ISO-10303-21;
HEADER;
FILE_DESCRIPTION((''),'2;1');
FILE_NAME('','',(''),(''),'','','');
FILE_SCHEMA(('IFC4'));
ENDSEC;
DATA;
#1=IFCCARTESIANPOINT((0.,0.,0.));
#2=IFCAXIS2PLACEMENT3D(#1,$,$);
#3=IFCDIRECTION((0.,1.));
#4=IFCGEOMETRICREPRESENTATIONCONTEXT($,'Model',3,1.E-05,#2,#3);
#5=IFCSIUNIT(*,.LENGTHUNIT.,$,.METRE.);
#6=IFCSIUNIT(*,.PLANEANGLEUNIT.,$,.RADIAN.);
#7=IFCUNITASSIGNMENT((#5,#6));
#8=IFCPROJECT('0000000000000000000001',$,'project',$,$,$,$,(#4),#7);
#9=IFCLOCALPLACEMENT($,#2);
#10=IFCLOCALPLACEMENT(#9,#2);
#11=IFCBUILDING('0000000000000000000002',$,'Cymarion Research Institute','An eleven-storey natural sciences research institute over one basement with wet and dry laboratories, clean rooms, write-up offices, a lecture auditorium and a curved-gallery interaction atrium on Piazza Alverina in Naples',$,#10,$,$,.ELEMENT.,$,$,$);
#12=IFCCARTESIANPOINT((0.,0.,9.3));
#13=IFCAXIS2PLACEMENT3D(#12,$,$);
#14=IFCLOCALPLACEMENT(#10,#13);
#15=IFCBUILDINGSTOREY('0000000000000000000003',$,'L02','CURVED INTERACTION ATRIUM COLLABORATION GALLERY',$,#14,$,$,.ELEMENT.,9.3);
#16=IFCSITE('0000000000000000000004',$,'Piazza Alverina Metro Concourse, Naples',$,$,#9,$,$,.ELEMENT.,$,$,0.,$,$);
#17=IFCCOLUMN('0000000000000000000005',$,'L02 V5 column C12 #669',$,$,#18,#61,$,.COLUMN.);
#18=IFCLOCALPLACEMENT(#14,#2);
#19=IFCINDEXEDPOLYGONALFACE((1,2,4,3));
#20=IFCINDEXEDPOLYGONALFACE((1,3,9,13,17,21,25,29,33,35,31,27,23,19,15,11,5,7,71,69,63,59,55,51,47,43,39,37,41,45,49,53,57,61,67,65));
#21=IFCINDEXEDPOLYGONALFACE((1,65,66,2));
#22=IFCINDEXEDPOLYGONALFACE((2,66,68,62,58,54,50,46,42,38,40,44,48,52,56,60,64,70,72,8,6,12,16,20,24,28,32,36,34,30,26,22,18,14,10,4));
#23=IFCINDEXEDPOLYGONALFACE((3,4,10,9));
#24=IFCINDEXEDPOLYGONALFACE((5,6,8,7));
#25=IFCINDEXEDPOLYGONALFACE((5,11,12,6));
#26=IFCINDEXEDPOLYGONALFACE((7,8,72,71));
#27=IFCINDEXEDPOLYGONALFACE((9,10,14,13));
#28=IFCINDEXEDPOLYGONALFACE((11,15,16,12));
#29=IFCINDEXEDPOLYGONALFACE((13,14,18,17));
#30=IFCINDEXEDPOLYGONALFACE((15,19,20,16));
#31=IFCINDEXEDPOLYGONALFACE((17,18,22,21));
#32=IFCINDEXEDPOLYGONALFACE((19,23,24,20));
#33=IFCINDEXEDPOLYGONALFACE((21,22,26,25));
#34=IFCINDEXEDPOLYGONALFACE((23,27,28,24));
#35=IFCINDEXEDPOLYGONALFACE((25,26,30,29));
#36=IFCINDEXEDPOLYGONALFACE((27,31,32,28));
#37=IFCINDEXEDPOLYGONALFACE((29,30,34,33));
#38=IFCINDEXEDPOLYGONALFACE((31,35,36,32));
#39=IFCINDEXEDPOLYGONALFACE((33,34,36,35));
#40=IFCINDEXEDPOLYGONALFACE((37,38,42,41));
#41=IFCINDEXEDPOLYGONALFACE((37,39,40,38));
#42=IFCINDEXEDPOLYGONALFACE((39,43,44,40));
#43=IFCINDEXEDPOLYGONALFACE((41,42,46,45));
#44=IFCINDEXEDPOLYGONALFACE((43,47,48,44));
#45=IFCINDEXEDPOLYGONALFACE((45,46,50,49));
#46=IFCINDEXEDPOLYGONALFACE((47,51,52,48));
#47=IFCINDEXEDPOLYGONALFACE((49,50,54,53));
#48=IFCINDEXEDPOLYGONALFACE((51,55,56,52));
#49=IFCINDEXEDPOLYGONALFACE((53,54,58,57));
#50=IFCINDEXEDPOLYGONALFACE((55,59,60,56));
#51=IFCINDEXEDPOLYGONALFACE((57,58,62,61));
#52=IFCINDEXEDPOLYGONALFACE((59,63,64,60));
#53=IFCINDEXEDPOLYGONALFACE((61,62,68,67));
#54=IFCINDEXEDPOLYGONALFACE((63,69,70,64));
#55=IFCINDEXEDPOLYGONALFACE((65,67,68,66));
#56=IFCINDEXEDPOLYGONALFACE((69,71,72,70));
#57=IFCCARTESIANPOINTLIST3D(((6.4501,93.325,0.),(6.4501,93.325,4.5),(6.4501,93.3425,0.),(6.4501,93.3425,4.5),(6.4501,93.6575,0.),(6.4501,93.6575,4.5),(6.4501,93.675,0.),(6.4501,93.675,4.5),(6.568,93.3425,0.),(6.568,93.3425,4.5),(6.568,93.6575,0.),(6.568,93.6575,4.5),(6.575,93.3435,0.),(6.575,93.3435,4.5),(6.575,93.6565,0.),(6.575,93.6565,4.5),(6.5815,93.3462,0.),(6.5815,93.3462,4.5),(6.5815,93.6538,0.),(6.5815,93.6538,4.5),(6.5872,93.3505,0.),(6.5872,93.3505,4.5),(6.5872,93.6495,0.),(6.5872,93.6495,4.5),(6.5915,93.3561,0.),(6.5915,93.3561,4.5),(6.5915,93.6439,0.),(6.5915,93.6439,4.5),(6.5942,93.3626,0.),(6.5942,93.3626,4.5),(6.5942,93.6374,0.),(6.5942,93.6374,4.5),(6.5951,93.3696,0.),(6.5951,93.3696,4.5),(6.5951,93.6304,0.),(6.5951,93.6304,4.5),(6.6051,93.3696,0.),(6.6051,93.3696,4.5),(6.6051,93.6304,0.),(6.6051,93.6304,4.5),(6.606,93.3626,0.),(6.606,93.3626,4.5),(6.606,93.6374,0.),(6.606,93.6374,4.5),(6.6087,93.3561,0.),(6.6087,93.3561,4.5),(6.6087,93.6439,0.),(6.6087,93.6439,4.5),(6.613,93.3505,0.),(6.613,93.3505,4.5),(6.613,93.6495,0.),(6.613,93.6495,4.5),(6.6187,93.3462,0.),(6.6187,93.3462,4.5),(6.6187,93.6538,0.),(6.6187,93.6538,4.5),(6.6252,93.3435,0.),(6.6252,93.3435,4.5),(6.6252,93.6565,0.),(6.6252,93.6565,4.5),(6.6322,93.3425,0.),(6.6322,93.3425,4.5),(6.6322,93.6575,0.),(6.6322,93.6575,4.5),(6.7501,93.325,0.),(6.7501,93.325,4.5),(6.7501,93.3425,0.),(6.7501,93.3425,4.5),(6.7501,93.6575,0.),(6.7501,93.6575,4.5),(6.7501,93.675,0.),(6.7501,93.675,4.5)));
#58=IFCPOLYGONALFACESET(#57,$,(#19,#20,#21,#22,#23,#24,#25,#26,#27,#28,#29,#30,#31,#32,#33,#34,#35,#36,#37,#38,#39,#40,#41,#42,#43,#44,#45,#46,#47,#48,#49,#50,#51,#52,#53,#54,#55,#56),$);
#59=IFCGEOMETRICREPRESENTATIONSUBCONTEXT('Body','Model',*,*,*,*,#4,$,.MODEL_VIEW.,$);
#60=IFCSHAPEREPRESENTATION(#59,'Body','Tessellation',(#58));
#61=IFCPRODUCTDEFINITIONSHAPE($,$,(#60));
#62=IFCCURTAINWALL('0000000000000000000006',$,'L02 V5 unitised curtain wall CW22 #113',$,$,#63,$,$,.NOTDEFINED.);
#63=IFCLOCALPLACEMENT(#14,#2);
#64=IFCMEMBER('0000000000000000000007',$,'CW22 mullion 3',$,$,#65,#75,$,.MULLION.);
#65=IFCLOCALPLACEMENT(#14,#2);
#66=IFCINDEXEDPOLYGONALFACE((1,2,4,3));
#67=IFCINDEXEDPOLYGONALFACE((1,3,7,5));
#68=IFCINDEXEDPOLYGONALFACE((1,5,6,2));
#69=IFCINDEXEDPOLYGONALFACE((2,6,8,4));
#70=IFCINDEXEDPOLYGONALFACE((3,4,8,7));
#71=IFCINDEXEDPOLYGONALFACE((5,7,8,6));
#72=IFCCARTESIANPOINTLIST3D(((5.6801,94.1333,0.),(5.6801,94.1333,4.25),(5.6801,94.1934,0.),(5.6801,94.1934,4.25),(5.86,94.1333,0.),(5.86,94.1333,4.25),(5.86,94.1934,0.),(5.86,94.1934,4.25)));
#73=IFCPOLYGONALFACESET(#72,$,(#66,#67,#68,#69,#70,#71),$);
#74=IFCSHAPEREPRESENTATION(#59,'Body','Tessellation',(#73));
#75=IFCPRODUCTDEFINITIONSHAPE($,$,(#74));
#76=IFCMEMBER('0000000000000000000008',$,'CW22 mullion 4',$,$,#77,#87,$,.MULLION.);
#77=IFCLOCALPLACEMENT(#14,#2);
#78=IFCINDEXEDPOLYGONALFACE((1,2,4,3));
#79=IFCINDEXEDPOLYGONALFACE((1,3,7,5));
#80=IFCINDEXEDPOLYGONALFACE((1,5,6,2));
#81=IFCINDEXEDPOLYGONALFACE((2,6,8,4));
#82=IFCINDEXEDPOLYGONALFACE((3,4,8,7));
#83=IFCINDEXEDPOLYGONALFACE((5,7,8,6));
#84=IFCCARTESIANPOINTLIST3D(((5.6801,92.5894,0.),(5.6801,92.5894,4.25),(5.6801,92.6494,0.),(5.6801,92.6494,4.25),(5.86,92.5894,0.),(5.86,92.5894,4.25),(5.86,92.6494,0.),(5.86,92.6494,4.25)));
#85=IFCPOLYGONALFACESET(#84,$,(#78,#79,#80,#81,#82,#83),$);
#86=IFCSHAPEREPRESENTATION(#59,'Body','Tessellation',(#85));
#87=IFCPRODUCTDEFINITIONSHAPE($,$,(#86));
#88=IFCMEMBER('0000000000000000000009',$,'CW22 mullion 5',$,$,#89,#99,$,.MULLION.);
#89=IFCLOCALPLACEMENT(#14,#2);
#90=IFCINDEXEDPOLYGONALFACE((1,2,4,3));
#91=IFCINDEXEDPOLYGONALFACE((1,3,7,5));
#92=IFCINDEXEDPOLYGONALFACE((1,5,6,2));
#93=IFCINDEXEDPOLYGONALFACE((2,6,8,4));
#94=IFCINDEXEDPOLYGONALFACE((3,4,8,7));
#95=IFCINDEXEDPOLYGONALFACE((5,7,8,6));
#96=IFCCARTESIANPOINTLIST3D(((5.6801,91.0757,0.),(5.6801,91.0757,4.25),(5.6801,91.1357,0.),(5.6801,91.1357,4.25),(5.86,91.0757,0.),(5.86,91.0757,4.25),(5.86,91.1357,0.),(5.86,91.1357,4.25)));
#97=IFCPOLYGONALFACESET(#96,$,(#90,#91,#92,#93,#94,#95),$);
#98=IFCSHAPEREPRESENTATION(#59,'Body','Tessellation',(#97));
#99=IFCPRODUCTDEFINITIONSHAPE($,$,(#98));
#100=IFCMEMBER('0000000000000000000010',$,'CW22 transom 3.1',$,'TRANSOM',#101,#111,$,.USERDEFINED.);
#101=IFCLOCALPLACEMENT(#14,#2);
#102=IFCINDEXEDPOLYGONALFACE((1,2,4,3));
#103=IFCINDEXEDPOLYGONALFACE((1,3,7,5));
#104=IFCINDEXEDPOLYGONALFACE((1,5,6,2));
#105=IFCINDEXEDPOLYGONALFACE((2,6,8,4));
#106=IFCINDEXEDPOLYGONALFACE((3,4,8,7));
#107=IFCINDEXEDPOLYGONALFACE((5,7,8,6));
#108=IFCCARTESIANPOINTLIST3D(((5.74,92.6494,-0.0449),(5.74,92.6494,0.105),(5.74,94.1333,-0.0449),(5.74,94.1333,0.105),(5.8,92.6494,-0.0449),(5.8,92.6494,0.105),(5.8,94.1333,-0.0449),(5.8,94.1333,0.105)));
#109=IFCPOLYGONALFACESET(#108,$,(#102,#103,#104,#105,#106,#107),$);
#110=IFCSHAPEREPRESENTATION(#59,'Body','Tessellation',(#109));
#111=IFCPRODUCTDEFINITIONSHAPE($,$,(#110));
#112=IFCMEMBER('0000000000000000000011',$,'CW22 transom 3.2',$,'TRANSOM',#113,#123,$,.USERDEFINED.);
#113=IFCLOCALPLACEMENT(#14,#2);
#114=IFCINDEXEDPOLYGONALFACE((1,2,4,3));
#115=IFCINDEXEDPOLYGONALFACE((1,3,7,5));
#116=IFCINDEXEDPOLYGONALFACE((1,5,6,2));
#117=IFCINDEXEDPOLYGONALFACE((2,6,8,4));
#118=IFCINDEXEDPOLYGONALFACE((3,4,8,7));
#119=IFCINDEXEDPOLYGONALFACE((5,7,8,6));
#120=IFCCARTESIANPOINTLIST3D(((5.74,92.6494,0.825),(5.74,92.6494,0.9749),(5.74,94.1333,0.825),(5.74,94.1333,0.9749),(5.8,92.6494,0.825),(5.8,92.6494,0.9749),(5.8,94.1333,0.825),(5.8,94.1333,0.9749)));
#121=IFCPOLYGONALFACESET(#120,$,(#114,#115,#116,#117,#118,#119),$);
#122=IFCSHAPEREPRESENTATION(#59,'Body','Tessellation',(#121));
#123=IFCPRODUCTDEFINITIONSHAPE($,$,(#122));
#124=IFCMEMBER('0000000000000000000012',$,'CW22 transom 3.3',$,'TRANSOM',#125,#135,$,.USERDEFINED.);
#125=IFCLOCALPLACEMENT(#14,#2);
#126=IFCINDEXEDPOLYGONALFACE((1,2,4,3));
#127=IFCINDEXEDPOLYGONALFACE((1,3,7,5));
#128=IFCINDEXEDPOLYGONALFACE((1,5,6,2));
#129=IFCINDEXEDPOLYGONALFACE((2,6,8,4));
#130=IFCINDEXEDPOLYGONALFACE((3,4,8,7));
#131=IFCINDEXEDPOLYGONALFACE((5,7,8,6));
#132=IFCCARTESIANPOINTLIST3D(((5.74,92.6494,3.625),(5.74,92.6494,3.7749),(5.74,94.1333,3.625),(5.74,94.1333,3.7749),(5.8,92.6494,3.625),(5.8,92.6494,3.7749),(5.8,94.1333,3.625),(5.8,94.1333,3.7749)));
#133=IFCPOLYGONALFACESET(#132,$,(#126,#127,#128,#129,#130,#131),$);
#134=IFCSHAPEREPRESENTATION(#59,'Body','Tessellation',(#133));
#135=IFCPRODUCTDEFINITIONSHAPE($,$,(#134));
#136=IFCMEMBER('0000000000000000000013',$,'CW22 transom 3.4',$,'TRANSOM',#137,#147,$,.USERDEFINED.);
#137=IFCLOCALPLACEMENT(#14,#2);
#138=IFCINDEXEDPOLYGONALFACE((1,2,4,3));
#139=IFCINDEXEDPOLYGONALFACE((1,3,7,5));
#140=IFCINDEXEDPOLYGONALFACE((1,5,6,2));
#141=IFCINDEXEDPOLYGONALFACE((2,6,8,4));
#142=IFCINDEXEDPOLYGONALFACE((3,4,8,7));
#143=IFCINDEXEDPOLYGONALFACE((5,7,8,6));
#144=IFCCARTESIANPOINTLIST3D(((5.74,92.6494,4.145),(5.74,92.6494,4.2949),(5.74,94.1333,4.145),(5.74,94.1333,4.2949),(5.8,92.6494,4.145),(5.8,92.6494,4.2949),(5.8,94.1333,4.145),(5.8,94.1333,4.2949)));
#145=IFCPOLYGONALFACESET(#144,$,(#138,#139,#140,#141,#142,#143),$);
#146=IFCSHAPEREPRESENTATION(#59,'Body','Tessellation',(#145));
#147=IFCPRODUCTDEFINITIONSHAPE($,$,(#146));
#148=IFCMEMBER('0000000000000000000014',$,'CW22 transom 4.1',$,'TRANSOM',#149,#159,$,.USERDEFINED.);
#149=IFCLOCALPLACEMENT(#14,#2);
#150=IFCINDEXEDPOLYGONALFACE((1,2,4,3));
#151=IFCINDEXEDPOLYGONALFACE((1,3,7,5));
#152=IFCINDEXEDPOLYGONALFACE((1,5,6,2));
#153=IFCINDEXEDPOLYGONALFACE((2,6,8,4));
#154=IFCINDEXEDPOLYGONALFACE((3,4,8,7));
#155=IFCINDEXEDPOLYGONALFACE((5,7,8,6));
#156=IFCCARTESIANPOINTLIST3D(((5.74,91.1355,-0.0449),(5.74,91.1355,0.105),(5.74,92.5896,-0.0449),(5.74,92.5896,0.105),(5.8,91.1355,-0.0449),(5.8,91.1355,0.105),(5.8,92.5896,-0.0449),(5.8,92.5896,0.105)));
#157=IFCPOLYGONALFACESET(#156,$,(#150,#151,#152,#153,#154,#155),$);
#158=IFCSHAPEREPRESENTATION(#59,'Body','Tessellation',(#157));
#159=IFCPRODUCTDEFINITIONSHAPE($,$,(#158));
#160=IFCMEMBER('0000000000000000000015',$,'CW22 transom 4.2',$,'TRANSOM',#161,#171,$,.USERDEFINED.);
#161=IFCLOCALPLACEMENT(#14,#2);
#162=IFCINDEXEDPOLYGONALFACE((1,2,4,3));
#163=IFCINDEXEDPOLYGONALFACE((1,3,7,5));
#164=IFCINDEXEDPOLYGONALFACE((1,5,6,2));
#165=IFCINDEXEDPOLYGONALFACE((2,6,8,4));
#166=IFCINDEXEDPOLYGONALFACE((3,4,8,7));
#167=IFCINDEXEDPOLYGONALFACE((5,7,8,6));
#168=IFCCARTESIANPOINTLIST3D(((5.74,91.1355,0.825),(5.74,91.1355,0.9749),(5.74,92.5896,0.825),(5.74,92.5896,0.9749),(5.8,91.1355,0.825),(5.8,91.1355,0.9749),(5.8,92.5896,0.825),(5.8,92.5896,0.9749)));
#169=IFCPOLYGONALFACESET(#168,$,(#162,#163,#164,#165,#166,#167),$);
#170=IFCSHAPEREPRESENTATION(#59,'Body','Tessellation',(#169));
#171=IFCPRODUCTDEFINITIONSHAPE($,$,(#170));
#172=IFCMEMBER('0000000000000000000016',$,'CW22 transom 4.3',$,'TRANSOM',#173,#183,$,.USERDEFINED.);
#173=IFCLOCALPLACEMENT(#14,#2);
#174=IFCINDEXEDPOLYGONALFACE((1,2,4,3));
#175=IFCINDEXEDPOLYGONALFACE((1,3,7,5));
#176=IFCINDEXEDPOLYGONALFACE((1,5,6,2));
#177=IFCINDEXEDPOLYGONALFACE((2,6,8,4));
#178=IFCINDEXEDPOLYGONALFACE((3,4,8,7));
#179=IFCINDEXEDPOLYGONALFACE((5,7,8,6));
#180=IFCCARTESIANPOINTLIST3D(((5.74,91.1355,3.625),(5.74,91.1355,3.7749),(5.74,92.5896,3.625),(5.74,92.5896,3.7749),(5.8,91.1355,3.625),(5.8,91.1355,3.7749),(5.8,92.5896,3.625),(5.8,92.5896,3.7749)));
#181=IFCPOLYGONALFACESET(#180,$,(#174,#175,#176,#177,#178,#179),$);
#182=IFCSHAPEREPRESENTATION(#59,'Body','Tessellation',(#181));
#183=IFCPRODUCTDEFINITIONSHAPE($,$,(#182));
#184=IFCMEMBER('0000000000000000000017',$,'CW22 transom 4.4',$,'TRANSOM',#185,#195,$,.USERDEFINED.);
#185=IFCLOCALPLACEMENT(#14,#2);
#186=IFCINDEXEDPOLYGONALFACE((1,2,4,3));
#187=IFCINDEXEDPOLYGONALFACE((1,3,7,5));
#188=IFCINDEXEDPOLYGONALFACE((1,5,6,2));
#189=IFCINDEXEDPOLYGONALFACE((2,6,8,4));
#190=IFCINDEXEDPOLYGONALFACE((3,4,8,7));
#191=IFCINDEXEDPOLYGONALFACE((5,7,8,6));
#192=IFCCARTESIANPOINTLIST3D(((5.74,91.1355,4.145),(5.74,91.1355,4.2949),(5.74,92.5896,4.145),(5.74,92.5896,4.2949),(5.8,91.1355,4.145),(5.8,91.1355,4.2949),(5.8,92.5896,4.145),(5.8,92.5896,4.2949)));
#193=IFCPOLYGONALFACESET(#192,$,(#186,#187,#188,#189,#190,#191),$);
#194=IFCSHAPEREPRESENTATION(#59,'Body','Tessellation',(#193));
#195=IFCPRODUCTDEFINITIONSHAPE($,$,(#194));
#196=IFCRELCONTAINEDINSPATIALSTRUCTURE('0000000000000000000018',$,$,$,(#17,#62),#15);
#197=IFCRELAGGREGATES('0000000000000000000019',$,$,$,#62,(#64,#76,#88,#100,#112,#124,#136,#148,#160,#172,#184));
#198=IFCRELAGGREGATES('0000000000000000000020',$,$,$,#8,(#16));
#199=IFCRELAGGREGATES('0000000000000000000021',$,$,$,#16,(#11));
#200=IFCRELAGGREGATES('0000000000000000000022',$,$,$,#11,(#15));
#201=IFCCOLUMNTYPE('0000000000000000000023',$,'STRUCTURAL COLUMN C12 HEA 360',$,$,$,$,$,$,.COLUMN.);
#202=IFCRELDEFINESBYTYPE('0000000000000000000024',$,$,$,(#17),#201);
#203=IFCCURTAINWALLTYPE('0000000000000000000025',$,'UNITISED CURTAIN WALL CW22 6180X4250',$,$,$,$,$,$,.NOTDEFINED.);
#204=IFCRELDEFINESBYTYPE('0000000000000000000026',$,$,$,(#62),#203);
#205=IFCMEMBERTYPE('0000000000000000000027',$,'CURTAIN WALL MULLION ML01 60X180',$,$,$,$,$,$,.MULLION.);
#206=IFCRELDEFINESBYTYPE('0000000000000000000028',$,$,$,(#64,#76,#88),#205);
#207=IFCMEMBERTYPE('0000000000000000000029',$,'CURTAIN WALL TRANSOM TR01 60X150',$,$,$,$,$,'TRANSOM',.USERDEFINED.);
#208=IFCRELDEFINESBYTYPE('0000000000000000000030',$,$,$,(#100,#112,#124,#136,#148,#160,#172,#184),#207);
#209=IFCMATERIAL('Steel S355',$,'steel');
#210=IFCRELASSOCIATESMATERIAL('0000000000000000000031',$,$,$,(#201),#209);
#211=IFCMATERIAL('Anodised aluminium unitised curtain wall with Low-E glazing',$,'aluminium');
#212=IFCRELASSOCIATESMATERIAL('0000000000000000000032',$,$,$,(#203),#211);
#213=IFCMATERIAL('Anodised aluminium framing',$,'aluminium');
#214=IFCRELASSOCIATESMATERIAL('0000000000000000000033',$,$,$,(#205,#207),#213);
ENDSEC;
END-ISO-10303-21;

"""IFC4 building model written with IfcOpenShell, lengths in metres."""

from ifc_helpers import new_model, si_unit, direction, frame, origin, origin_2d, place, context, subcontext, project, spatial, rectangle, i_section, extrude, material, material_profile, profile_set, type_object, element, aggregate, save


model = new_model("IFC4")

# Units and contexts
model_context = context("Model", 3, precision=1e-05, world=origin(), true_north=direction((0.0, 1.0)))
body_context = subcontext(model_context, "Body", "Model", "MODEL_VIEW")
ifc_project = project(units=[si_unit("LENGTHUNIT", "METRE"), si_unit("PLANEANGLEUNIT", "RADIAN")], contexts=[model_context])

# Site, building, storey
site_placement = place(None, origin())
site = spatial("IfcSite", under=ifc_project, at=site_placement, Name="Piazza Alverina Metro Concourse, Naples", CompositionType="ELEMENT", RefElevation=0.0)
building_placement = place(site_placement, origin())
building = spatial("IfcBuilding", under=site, at=building_placement, Name="Cymarion Research Institute", Description="An eleven-storey natural sciences research institute over one basement with wet and dry laboratories, clean rooms, write-up offices, a lecture auditorium and a curved-gallery interaction atrium on Piazza Alverina in Naples", CompositionType="ELEMENT")
storey_placement = place(building_placement, frame((0.0, 0.0, 9.3)))
storey = spatial("IfcBuildingStorey", under=building, at=storey_placement, Name="L02", Description="CURVED INTERACTION ATRIUM COLLABORATION GALLERY", CompositionType="ELEMENT", Elevation=9.3)

# Column
ifc_material_1 = material(Name="Steel S355", Category="steel")
ifc_material_profile_1 = material_profile(ifc_material_1, i_section(OverallWidth=0.3, OverallDepth=0.3501, WebThickness=0.01, FlangeThickness=0.0176, FilletRadius=0.0271, at=origin_2d()), Name="HEA 360")
ifc_profile_set_1 = profile_set([ifc_material_profile_1], Name="Steel S355")
column_type = type_object("IfcColumnType", Name="STRUCTURAL COLUMN C12 HEA 360", PredefinedType="COLUMN", material=ifc_profile_set_1)
column_placement = place(storey_placement, frame((6.6001, 93.5, 0.0), z_axis=(0.0, 0.0, 1.0), x_axis=(1.0, 0.0, 0.0)))
element("IfcColumn", 1, at=column_placement, inside=storey, type_object=column_type, Name="L02 V5 column C12 #669", PredefinedType="COLUMN", context=body_context, shape_type="SweptSolid", body=[
    extrude(i_section(OverallWidth=0.3, OverallDepth=0.3501, WebThickness=0.01, FlangeThickness=0.0176, FilletRadius=0.0271, at=origin_2d()), origin(), (0.0, 0.0, 1.0), 4.5),
])

# Curtain wall, members
ifc_material_2 = material(Name="Anodised aluminium unitised curtain wall with Low-E glazing", Category="aluminium")
curtain_wall_type = type_object("IfcCurtainWallType", Name="UNITISED CURTAIN WALL CW22 6180X4250", PredefinedType="NOTDEFINED", material=ifc_material_2)
curtain_wall_placement = place(storey_placement, origin())
curtain_wall = element("IfcCurtainWall", 2, at=curtain_wall_placement, inside=storey, type_object=curtain_wall_type, Name="L02 V5 unitised curtain wall CW22 #113", PredefinedType="NOTDEFINED")
ifc_material_3 = material(Name="Anodised aluminium framing", Category="aluminium")
ifc_material_profile_2 = material_profile(ifc_material_3, rectangle(XDim=0.0601, YDim=0.1799, at=origin_2d()), Name="ALU MULLION 60x180")
ifc_profile_set_2 = profile_set([ifc_material_profile_2], Name="Anodised aluminium framing")
member_type_1 = type_object("IfcMemberType", Name="CURTAIN WALL MULLION ML01 60X180", PredefinedType="MULLION", material=ifc_profile_set_2)
member_1_placement = place(storey_placement, frame((5.77, 94.1633, 0.0), z_axis=(0.0, 0.0, 1.0), x_axis=(0.0, -1.0, 0.0)))
member_1 = element("IfcMember", 3, at=member_1_placement, type_object=member_type_1, Name="CW22 mullion 3", PredefinedType="MULLION", context=body_context, shape_type="SweptSolid", body=[
    extrude(rectangle(XDim=0.0601, YDim=0.1799, at=origin_2d()), origin(), (0.0, 0.0, 1.0), 4.25),
])
member_2_placement = place(storey_placement, frame((5.77, 92.6194, 0.0), z_axis=(0.0, 0.0, 1.0), x_axis=(0.0, -1.0, 0.0)))
member_2 = element("IfcMember", 4, at=member_2_placement, type_object=member_type_1, Name="CW22 mullion 4", PredefinedType="MULLION", context=body_context, shape_type="SweptSolid", body=[
    extrude(rectangle(XDim=0.0601, YDim=0.1799, at=origin_2d()), origin(), (0.0, 0.0, 1.0), 4.25),
])
member_3_placement = place(storey_placement, frame((5.77, 91.1057, 0.0), z_axis=(0.0, 0.0, 1.0), x_axis=(0.0, -1.0, 0.0)))
member_3 = element("IfcMember", 5, at=member_3_placement, type_object=member_type_1, Name="CW22 mullion 5", PredefinedType="MULLION", context=body_context, shape_type="SweptSolid", body=[
    extrude(rectangle(XDim=0.0601, YDim=0.1799, at=origin_2d()), origin(), (0.0, 0.0, 1.0), 4.25),
])
ifc_material_profile_3 = material_profile(ifc_material_3, rectangle(XDim=0.0601, YDim=0.1499, at=origin_2d()), Name="ALU TRANSOM 60x150")
ifc_profile_set_3 = profile_set([ifc_material_profile_3], Name="Anodised aluminium framing")
member_type_2 = type_object("IfcMemberType", Name="CURTAIN WALL TRANSOM TR01 60X150", ElementType="TRANSOM", PredefinedType="USERDEFINED", material=ifc_profile_set_3)
member_4_placement = place(storey_placement, frame((5.77, 94.1333, 0.03), z_axis=(0.0, -1.0, 0.0), x_axis=(1.0, 0.0, 0.0)))
member_4 = element("IfcMember", 6, at=member_4_placement, type_object=member_type_2, Name="CW22 transom 3.1", ObjectType="TRANSOM", PredefinedType="USERDEFINED", context=body_context, shape_type="SweptSolid", body=[
    extrude(rectangle(XDim=0.0601, YDim=0.1499, at=origin_2d()), origin(), (0.0, 0.0, 1.0), 1.4839),
])
member_5_placement = place(storey_placement, frame((5.77, 94.1333, 0.8999), z_axis=(0.0, -1.0, 0.0), x_axis=(1.0, 0.0, 0.0)))
member_5 = element("IfcMember", 7, at=member_5_placement, type_object=member_type_2, Name="CW22 transom 3.2", ObjectType="TRANSOM", PredefinedType="USERDEFINED", context=body_context, shape_type="SweptSolid", body=[
    extrude(rectangle(XDim=0.0601, YDim=0.1499, at=origin_2d()), origin(), (0.0, 0.0, 1.0), 1.4839),
])
member_6_placement = place(storey_placement, frame((5.77, 94.1333, 3.7), z_axis=(0.0, -1.0, 0.0), x_axis=(1.0, 0.0, 0.0)))
member_6 = element("IfcMember", 8, at=member_6_placement, type_object=member_type_2, Name="CW22 transom 3.3", ObjectType="TRANSOM", PredefinedType="USERDEFINED", context=body_context, shape_type="SweptSolid", body=[
    extrude(rectangle(XDim=0.0601, YDim=0.1499, at=origin_2d()), origin(), (0.0, 0.0, 1.0), 1.4839),
])
member_7_placement = place(storey_placement, frame((5.77, 94.1333, 4.22), z_axis=(0.0, -1.0, 0.0), x_axis=(1.0, 0.0, 0.0)))
member_7 = element("IfcMember", 9, at=member_7_placement, type_object=member_type_2, Name="CW22 transom 3.4", ObjectType="TRANSOM", PredefinedType="USERDEFINED", context=body_context, shape_type="SweptSolid", body=[
    extrude(rectangle(XDim=0.0601, YDim=0.1499, at=origin_2d()), origin(), (0.0, 0.0, 1.0), 1.4839),
])
member_8_placement = place(storey_placement, frame((5.77, 92.5896, 0.03), z_axis=(0.0, -1.0, 0.0), x_axis=(1.0, 0.0, 0.0)))
member_8 = element("IfcMember", 10, at=member_8_placement, type_object=member_type_2, Name="CW22 transom 4.1", ObjectType="TRANSOM", PredefinedType="USERDEFINED", context=body_context, shape_type="SweptSolid", body=[
    extrude(rectangle(XDim=0.0601, YDim=0.1499, at=origin_2d()), origin(), (0.0, 0.0, 1.0), 1.4541),
])
member_9_placement = place(storey_placement, frame((5.77, 92.5896, 0.8999), z_axis=(0.0, -1.0, 0.0), x_axis=(1.0, 0.0, 0.0)))
member_9 = element("IfcMember", 11, at=member_9_placement, type_object=member_type_2, Name="CW22 transom 4.2", ObjectType="TRANSOM", PredefinedType="USERDEFINED", context=body_context, shape_type="SweptSolid", body=[
    extrude(rectangle(XDim=0.0601, YDim=0.1499, at=origin_2d()), origin(), (0.0, 0.0, 1.0), 1.4541),
])
member_10_placement = place(storey_placement, frame((5.77, 92.5896, 3.7), z_axis=(0.0, -1.0, 0.0), x_axis=(1.0, 0.0, 0.0)))
member_10 = element("IfcMember", 12, at=member_10_placement, type_object=member_type_2, Name="CW22 transom 4.3", ObjectType="TRANSOM", PredefinedType="USERDEFINED", context=body_context, shape_type="SweptSolid", body=[
    extrude(rectangle(XDim=0.0601, YDim=0.1499, at=origin_2d()), origin(), (0.0, 0.0, 1.0), 1.4541),
])
member_11_placement = place(storey_placement, frame((5.77, 92.5896, 4.22), z_axis=(0.0, -1.0, 0.0), x_axis=(1.0, 0.0, 0.0)))
member_11 = element("IfcMember", 13, at=member_11_placement, type_object=member_type_2, Name="CW22 transom 4.4", ObjectType="TRANSOM", PredefinedType="USERDEFINED", context=body_context, shape_type="SweptSolid", body=[
    extrude(rectangle(XDim=0.0601, YDim=0.1499, at=origin_2d()), origin(), (0.0, 0.0, 1.0), 1.4541),
])

aggregate(curtain_wall, [member_1, member_2, member_3, member_4, member_5, member_6, member_7, member_8, member_9, member_10, member_11])

save(model, "model.ifc")
